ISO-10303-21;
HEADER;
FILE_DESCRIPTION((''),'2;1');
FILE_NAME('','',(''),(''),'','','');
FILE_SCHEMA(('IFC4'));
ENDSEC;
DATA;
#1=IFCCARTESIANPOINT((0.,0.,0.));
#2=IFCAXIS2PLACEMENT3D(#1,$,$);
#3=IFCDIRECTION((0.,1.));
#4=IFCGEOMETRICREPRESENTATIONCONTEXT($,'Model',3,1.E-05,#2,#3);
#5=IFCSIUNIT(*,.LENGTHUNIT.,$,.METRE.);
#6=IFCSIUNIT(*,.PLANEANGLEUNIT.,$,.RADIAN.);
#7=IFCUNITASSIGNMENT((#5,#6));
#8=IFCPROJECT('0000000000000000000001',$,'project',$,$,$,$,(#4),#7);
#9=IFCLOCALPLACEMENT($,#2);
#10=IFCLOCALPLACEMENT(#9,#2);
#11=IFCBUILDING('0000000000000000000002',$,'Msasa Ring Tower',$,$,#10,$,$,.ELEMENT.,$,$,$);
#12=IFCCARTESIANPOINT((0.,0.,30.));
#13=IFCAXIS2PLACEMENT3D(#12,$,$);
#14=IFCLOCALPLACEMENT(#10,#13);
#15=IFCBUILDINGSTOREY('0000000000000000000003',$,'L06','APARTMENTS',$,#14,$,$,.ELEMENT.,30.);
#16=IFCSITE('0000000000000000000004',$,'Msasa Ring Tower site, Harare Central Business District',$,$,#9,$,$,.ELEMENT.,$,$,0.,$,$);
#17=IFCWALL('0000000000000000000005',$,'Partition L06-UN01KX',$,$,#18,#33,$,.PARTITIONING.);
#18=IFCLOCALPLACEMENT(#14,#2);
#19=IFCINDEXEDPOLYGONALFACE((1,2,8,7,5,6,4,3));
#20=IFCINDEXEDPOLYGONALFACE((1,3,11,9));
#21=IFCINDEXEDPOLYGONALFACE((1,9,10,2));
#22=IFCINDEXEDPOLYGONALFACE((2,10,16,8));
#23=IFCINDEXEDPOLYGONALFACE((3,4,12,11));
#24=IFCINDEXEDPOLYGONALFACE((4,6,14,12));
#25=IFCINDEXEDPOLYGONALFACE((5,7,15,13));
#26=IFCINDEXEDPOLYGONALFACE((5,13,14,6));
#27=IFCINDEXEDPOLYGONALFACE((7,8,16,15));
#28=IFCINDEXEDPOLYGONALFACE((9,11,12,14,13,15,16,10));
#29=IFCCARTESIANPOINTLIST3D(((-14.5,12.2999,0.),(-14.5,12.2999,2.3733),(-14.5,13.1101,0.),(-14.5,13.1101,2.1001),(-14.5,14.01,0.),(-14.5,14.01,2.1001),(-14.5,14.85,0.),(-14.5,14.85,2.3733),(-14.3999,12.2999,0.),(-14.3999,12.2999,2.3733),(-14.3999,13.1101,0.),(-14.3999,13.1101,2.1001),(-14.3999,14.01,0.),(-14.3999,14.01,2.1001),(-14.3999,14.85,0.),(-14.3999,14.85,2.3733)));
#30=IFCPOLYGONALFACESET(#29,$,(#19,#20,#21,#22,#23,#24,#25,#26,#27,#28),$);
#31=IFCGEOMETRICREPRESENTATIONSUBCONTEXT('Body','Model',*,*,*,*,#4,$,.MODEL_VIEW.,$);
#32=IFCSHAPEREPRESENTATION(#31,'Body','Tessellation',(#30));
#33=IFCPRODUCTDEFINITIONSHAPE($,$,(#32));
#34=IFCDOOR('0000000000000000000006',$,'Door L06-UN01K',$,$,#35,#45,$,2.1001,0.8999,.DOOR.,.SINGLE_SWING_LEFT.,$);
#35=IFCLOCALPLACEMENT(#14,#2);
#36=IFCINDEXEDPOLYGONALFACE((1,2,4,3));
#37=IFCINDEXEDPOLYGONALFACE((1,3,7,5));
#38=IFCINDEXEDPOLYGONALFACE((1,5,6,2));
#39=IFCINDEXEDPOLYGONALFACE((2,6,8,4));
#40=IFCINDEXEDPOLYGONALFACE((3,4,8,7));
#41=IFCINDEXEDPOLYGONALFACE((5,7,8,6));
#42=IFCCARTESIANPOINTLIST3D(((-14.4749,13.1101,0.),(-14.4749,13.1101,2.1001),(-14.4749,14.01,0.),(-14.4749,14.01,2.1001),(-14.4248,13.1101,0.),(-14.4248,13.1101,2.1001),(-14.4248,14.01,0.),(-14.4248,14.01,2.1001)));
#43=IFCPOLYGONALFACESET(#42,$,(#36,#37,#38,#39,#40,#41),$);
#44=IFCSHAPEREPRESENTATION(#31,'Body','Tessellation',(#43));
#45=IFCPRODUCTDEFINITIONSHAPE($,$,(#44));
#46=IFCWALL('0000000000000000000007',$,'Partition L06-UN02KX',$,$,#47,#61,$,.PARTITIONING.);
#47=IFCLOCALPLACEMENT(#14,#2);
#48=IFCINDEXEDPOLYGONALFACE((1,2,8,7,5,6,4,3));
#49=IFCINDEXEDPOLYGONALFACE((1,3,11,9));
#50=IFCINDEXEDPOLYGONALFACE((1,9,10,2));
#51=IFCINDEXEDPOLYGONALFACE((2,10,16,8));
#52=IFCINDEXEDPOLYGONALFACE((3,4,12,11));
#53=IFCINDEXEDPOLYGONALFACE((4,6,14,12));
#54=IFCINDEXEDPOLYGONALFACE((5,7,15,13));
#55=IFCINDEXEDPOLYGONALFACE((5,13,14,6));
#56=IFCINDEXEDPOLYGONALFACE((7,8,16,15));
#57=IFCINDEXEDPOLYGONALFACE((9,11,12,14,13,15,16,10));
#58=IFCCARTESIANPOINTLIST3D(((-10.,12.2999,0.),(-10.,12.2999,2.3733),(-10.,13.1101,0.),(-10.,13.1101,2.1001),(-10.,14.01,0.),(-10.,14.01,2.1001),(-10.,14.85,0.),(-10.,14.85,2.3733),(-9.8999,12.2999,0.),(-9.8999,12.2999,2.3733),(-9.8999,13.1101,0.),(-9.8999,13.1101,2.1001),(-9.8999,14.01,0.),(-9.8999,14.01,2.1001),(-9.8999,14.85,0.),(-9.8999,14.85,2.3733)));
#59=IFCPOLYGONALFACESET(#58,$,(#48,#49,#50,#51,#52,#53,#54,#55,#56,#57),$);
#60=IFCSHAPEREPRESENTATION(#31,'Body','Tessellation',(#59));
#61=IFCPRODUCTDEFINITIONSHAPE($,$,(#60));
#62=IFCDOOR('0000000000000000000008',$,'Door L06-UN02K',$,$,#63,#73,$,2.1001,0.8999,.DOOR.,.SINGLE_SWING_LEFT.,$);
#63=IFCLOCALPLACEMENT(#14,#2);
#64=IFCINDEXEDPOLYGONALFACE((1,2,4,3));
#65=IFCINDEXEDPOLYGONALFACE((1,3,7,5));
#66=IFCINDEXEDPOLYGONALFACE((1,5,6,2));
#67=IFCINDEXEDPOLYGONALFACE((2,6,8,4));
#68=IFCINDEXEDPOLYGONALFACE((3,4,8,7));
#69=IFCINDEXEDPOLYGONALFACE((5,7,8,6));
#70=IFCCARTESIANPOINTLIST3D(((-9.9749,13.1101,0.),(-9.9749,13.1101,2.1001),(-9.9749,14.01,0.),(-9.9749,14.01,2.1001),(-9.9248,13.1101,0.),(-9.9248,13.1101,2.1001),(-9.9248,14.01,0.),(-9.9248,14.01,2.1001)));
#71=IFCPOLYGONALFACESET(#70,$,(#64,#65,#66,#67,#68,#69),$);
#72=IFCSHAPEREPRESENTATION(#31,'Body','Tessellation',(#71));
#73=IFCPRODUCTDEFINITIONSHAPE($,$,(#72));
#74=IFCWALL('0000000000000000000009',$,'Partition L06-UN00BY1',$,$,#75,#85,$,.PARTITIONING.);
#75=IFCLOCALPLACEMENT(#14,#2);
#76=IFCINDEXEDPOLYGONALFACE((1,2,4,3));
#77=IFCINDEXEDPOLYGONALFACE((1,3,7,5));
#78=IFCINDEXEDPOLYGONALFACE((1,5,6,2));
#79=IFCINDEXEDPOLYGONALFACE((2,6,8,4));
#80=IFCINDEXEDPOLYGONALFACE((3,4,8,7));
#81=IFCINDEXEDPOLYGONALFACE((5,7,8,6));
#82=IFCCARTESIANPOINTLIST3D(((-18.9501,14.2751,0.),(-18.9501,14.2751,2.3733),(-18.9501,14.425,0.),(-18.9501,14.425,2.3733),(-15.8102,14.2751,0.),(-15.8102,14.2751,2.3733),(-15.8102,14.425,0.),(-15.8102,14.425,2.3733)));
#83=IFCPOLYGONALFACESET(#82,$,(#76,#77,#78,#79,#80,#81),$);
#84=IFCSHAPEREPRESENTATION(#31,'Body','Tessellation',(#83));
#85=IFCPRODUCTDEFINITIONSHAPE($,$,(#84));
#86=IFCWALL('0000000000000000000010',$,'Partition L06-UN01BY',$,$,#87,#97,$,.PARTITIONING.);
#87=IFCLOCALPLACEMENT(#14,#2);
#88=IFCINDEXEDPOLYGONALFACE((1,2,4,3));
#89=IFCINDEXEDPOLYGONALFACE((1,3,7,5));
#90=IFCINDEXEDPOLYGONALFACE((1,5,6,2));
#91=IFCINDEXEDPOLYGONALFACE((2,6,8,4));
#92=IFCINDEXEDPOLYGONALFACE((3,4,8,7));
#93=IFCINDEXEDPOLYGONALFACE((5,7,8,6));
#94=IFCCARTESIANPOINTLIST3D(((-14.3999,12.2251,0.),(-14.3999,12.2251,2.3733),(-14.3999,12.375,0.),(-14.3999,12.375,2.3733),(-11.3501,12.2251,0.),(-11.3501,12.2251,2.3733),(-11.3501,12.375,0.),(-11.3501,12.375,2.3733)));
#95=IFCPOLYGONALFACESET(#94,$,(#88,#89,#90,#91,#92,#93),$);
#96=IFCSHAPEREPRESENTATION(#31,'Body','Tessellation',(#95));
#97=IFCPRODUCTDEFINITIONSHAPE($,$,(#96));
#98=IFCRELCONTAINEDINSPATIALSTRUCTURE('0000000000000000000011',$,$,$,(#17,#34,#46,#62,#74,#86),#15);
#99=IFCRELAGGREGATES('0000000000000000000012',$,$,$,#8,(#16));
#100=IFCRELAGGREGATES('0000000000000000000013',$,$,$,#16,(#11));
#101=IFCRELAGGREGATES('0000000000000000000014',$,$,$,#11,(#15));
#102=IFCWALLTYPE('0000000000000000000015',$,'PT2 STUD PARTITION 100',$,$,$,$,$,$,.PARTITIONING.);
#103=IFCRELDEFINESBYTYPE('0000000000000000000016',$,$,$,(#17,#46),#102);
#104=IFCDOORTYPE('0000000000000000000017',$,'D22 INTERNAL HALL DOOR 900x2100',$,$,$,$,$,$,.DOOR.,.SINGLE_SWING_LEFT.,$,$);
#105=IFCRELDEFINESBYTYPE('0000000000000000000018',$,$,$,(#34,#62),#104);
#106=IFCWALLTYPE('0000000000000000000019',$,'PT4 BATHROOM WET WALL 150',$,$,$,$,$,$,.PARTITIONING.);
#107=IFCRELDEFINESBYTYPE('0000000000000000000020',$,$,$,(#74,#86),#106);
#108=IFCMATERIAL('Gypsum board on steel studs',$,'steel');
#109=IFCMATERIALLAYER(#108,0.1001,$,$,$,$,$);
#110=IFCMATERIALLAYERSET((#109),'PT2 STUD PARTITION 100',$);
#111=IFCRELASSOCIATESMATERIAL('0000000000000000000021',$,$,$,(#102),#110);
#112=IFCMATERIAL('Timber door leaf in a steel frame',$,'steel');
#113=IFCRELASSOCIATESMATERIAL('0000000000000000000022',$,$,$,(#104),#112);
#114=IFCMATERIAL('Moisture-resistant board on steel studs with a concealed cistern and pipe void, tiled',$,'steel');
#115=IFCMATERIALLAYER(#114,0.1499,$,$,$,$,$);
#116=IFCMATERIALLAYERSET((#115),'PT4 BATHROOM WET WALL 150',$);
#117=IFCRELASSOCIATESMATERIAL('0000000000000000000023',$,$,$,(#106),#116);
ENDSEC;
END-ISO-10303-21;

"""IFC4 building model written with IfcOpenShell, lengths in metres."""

from ifc_helpers import new_model, si_unit, direction, frame, frame_2d, origin, place, context, subcontext, project, spatial, rectangle, extrude, material, layer, layer_set, type_object, element, fill, save


model = new_model("IFC4")

# Units and contexts
model_context = context("Model", 3, precision=1e-05, world=origin(), true_north=direction((0.0, 1.0)))
body_context = subcontext(model_context, "Body", "Model", "MODEL_VIEW")
ifc_project = project(units=[si_unit("LENGTHUNIT", "METRE"), si_unit("PLANEANGLEUNIT", "RADIAN")], contexts=[model_context])

# Site, building, storey
site_placement = place(None, origin())
site = spatial("IfcSite", under=ifc_project, at=site_placement, Name="Msasa Ring Tower site, Harare Central Business District", CompositionType="ELEMENT", RefElevation=0.0)
building_placement = place(site_placement, origin())
building = spatial("IfcBuilding", under=site, at=building_placement, Name="Msasa Ring Tower", CompositionType="ELEMENT")
storey_placement = place(building_placement, frame((0.0, 0.0, 30.0)))
storey = spatial("IfcBuildingStorey", under=building, at=storey_placement, Name="L06", Description="APARTMENTS", CompositionType="ELEMENT", Elevation=30.0)

# Shared definitions
ifc_material_1 = material(Name="Gypsum board on steel studs", Category="steel")
ifc_layer_1 = layer(ifc_material_1, 0.1001)
ifc_layer_set_1 = layer_set([ifc_layer_1], Name="PT2 STUD PARTITION 100")
wall_type_1 = type_object("IfcWallType", Name="PT2 STUD PARTITION 100", PredefinedType="PARTITIONING", material=ifc_layer_set_1)

# Walls, openings, doors
wall_1_placement = place(storey_placement, frame((-14.45, 12.3, 0.0), z_axis=(0.0, 0.0, 1.0), x_axis=(0.0, 1.0, 0.0)))
wall_1 = element("IfcWall", 1, at=wall_1_placement, inside=storey, type_object=wall_type_1, Name="Partition L06-UN01KX", PredefinedType="PARTITIONING", context=body_context, shape_type="SweptSolid", body=[
    extrude(rectangle(XDim=2.55, YDim=0.1001, at=frame_2d((1.2749, 0.0))), origin(), (0.0, 0.0, 1.0), 2.3733),
])
opening_1_placement = place(wall_1_placement, frame((0.8101, 0.0, 0.0)))
opening_1 = element("IfcOpeningElement", 2, at=opening_1_placement, cuts=wall_1, PredefinedType="OPENING", context=body_context, shape_type="SweptSolid", body=[
    extrude(rectangle(XDim=0.8999, YDim=2.1001, at=frame_2d((0.45, 1.05))), frame((0.0, 0.0601, 0.0), z_axis=(0.0, -1.0, 0.0), x_axis=(1.0, 0.0, 0.0)), (0.0, 0.0, 1.0), 0.1201),
])
ifc_material_2 = material(Name="Timber door leaf in a steel frame", Category="steel")
door_type_1 = type_object("IfcDoorType", Name="D22 INTERNAL HALL DOOR 900x2100", OperationType="SINGLE_SWING_LEFT", PredefinedType="DOOR", material=ifc_material_2)
door_1_placement = place(opening_1_placement, origin())
door_1 = element("IfcDoor", 3, at=door_1_placement, inside=storey, type_object=door_type_1, Name="Door L06-UN01K", OperationType="SINGLE_SWING_LEFT", OverallHeight=2.1001, OverallWidth=0.8999, PredefinedType="DOOR", context=body_context, shape_type="SweptSolid", body=[
    extrude(rectangle(XDim=0.8999, YDim=2.1001, at=frame_2d((0.45, 1.05))), frame((0.0, 0.0249, 0.0), z_axis=(0.0, -1.0, 0.0), x_axis=(1.0, 0.0, 0.0)), (0.0, 0.0, 1.0), 0.05),
])
fill(opening_1, door_1)
wall_2_placement = place(storey_placement, frame((-9.95, 12.3, 0.0), z_axis=(0.0, 0.0, 1.0), x_axis=(0.0, 1.0, 0.0)))
wall_2 = element("IfcWall", 4, at=wall_2_placement, inside=storey, type_object=wall_type_1, Name="Partition L06-UN02KX", PredefinedType="PARTITIONING", context=body_context, shape_type="SweptSolid", body=[
    extrude(rectangle(XDim=2.55, YDim=0.1001, at=frame_2d((1.2749, 0.0))), origin(), (0.0, 0.0, 1.0), 2.3733),
])
opening_2_placement = place(wall_2_placement, frame((0.8101, 0.0, 0.0)))
opening_2 = element("IfcOpeningElement", 5, at=opening_2_placement, cuts=wall_2, PredefinedType="OPENING", context=body_context, shape_type="SweptSolid", body=[
    extrude(rectangle(XDim=0.8999, YDim=2.1001, at=frame_2d((0.45, 1.05))), frame((0.0, 0.0601, 0.0), z_axis=(0.0, -1.0, 0.0), x_axis=(1.0, 0.0, 0.0)), (0.0, 0.0, 1.0), 0.1201),
])
door_2_placement = place(opening_2_placement, origin())
door_2 = element("IfcDoor", 6, at=door_2_placement, inside=storey, type_object=door_type_1, Name="Door L06-UN02K", OperationType="SINGLE_SWING_LEFT", OverallHeight=2.1001, OverallWidth=0.8999, PredefinedType="DOOR", context=body_context, shape_type="SweptSolid", body=[
    extrude(rectangle(XDim=0.8999, YDim=2.1001, at=frame_2d((0.45, 1.05))), frame((0.0, 0.0249, 0.0), z_axis=(0.0, -1.0, 0.0), x_axis=(1.0, 0.0, 0.0)), (0.0, 0.0, 1.0), 0.05),
])
fill(opening_2, door_2)

# Walls
ifc_material_3 = material(Name="Moisture-resistant board on steel studs with a concealed cistern and pipe void, tiled", Category="steel")
ifc_layer_2 = layer(ifc_material_3, 0.1499)
ifc_layer_set_2 = layer_set([ifc_layer_2], Name="PT4 BATHROOM WET WALL 150")
wall_type_2 = type_object("IfcWallType", Name="PT4 BATHROOM WET WALL 150", PredefinedType="PARTITIONING", material=ifc_layer_set_2)
wall_3_placement = place(storey_placement, frame((-18.95, 14.3501, 0.0), z_axis=(0.0, 0.0, 1.0), x_axis=(1.0, 0.0, 0.0)))
element("IfcWall", 7, at=wall_3_placement, inside=storey, type_object=wall_type_2, Name="Partition L06-UN00BY1", PredefinedType="PARTITIONING", context=body_context, shape_type="SweptSolid", body=[
    extrude(rectangle(XDim=3.1399, YDim=0.1499, at=frame_2d((1.5698, 0.0))), origin(), (0.0, 0.0, 1.0), 2.3733),
])
wall_4_placement = place(storey_placement, frame((-14.3999, 12.3, 0.0), z_axis=(0.0, 0.0, 1.0), x_axis=(1.0, 0.0, 0.0)))
element("IfcWall", 8, at=wall_4_placement, inside=storey, type_object=wall_type_2, Name="Partition L06-UN01BY", PredefinedType="PARTITIONING", context=body_context, shape_type="SweptSolid", body=[
    extrude(rectangle(XDim=3.0498, YDim=0.1499, at=frame_2d((1.5249, 0.0))), origin(), (0.0, 0.0, 1.0), 2.3733),
])

save(model, "model.ifc")
